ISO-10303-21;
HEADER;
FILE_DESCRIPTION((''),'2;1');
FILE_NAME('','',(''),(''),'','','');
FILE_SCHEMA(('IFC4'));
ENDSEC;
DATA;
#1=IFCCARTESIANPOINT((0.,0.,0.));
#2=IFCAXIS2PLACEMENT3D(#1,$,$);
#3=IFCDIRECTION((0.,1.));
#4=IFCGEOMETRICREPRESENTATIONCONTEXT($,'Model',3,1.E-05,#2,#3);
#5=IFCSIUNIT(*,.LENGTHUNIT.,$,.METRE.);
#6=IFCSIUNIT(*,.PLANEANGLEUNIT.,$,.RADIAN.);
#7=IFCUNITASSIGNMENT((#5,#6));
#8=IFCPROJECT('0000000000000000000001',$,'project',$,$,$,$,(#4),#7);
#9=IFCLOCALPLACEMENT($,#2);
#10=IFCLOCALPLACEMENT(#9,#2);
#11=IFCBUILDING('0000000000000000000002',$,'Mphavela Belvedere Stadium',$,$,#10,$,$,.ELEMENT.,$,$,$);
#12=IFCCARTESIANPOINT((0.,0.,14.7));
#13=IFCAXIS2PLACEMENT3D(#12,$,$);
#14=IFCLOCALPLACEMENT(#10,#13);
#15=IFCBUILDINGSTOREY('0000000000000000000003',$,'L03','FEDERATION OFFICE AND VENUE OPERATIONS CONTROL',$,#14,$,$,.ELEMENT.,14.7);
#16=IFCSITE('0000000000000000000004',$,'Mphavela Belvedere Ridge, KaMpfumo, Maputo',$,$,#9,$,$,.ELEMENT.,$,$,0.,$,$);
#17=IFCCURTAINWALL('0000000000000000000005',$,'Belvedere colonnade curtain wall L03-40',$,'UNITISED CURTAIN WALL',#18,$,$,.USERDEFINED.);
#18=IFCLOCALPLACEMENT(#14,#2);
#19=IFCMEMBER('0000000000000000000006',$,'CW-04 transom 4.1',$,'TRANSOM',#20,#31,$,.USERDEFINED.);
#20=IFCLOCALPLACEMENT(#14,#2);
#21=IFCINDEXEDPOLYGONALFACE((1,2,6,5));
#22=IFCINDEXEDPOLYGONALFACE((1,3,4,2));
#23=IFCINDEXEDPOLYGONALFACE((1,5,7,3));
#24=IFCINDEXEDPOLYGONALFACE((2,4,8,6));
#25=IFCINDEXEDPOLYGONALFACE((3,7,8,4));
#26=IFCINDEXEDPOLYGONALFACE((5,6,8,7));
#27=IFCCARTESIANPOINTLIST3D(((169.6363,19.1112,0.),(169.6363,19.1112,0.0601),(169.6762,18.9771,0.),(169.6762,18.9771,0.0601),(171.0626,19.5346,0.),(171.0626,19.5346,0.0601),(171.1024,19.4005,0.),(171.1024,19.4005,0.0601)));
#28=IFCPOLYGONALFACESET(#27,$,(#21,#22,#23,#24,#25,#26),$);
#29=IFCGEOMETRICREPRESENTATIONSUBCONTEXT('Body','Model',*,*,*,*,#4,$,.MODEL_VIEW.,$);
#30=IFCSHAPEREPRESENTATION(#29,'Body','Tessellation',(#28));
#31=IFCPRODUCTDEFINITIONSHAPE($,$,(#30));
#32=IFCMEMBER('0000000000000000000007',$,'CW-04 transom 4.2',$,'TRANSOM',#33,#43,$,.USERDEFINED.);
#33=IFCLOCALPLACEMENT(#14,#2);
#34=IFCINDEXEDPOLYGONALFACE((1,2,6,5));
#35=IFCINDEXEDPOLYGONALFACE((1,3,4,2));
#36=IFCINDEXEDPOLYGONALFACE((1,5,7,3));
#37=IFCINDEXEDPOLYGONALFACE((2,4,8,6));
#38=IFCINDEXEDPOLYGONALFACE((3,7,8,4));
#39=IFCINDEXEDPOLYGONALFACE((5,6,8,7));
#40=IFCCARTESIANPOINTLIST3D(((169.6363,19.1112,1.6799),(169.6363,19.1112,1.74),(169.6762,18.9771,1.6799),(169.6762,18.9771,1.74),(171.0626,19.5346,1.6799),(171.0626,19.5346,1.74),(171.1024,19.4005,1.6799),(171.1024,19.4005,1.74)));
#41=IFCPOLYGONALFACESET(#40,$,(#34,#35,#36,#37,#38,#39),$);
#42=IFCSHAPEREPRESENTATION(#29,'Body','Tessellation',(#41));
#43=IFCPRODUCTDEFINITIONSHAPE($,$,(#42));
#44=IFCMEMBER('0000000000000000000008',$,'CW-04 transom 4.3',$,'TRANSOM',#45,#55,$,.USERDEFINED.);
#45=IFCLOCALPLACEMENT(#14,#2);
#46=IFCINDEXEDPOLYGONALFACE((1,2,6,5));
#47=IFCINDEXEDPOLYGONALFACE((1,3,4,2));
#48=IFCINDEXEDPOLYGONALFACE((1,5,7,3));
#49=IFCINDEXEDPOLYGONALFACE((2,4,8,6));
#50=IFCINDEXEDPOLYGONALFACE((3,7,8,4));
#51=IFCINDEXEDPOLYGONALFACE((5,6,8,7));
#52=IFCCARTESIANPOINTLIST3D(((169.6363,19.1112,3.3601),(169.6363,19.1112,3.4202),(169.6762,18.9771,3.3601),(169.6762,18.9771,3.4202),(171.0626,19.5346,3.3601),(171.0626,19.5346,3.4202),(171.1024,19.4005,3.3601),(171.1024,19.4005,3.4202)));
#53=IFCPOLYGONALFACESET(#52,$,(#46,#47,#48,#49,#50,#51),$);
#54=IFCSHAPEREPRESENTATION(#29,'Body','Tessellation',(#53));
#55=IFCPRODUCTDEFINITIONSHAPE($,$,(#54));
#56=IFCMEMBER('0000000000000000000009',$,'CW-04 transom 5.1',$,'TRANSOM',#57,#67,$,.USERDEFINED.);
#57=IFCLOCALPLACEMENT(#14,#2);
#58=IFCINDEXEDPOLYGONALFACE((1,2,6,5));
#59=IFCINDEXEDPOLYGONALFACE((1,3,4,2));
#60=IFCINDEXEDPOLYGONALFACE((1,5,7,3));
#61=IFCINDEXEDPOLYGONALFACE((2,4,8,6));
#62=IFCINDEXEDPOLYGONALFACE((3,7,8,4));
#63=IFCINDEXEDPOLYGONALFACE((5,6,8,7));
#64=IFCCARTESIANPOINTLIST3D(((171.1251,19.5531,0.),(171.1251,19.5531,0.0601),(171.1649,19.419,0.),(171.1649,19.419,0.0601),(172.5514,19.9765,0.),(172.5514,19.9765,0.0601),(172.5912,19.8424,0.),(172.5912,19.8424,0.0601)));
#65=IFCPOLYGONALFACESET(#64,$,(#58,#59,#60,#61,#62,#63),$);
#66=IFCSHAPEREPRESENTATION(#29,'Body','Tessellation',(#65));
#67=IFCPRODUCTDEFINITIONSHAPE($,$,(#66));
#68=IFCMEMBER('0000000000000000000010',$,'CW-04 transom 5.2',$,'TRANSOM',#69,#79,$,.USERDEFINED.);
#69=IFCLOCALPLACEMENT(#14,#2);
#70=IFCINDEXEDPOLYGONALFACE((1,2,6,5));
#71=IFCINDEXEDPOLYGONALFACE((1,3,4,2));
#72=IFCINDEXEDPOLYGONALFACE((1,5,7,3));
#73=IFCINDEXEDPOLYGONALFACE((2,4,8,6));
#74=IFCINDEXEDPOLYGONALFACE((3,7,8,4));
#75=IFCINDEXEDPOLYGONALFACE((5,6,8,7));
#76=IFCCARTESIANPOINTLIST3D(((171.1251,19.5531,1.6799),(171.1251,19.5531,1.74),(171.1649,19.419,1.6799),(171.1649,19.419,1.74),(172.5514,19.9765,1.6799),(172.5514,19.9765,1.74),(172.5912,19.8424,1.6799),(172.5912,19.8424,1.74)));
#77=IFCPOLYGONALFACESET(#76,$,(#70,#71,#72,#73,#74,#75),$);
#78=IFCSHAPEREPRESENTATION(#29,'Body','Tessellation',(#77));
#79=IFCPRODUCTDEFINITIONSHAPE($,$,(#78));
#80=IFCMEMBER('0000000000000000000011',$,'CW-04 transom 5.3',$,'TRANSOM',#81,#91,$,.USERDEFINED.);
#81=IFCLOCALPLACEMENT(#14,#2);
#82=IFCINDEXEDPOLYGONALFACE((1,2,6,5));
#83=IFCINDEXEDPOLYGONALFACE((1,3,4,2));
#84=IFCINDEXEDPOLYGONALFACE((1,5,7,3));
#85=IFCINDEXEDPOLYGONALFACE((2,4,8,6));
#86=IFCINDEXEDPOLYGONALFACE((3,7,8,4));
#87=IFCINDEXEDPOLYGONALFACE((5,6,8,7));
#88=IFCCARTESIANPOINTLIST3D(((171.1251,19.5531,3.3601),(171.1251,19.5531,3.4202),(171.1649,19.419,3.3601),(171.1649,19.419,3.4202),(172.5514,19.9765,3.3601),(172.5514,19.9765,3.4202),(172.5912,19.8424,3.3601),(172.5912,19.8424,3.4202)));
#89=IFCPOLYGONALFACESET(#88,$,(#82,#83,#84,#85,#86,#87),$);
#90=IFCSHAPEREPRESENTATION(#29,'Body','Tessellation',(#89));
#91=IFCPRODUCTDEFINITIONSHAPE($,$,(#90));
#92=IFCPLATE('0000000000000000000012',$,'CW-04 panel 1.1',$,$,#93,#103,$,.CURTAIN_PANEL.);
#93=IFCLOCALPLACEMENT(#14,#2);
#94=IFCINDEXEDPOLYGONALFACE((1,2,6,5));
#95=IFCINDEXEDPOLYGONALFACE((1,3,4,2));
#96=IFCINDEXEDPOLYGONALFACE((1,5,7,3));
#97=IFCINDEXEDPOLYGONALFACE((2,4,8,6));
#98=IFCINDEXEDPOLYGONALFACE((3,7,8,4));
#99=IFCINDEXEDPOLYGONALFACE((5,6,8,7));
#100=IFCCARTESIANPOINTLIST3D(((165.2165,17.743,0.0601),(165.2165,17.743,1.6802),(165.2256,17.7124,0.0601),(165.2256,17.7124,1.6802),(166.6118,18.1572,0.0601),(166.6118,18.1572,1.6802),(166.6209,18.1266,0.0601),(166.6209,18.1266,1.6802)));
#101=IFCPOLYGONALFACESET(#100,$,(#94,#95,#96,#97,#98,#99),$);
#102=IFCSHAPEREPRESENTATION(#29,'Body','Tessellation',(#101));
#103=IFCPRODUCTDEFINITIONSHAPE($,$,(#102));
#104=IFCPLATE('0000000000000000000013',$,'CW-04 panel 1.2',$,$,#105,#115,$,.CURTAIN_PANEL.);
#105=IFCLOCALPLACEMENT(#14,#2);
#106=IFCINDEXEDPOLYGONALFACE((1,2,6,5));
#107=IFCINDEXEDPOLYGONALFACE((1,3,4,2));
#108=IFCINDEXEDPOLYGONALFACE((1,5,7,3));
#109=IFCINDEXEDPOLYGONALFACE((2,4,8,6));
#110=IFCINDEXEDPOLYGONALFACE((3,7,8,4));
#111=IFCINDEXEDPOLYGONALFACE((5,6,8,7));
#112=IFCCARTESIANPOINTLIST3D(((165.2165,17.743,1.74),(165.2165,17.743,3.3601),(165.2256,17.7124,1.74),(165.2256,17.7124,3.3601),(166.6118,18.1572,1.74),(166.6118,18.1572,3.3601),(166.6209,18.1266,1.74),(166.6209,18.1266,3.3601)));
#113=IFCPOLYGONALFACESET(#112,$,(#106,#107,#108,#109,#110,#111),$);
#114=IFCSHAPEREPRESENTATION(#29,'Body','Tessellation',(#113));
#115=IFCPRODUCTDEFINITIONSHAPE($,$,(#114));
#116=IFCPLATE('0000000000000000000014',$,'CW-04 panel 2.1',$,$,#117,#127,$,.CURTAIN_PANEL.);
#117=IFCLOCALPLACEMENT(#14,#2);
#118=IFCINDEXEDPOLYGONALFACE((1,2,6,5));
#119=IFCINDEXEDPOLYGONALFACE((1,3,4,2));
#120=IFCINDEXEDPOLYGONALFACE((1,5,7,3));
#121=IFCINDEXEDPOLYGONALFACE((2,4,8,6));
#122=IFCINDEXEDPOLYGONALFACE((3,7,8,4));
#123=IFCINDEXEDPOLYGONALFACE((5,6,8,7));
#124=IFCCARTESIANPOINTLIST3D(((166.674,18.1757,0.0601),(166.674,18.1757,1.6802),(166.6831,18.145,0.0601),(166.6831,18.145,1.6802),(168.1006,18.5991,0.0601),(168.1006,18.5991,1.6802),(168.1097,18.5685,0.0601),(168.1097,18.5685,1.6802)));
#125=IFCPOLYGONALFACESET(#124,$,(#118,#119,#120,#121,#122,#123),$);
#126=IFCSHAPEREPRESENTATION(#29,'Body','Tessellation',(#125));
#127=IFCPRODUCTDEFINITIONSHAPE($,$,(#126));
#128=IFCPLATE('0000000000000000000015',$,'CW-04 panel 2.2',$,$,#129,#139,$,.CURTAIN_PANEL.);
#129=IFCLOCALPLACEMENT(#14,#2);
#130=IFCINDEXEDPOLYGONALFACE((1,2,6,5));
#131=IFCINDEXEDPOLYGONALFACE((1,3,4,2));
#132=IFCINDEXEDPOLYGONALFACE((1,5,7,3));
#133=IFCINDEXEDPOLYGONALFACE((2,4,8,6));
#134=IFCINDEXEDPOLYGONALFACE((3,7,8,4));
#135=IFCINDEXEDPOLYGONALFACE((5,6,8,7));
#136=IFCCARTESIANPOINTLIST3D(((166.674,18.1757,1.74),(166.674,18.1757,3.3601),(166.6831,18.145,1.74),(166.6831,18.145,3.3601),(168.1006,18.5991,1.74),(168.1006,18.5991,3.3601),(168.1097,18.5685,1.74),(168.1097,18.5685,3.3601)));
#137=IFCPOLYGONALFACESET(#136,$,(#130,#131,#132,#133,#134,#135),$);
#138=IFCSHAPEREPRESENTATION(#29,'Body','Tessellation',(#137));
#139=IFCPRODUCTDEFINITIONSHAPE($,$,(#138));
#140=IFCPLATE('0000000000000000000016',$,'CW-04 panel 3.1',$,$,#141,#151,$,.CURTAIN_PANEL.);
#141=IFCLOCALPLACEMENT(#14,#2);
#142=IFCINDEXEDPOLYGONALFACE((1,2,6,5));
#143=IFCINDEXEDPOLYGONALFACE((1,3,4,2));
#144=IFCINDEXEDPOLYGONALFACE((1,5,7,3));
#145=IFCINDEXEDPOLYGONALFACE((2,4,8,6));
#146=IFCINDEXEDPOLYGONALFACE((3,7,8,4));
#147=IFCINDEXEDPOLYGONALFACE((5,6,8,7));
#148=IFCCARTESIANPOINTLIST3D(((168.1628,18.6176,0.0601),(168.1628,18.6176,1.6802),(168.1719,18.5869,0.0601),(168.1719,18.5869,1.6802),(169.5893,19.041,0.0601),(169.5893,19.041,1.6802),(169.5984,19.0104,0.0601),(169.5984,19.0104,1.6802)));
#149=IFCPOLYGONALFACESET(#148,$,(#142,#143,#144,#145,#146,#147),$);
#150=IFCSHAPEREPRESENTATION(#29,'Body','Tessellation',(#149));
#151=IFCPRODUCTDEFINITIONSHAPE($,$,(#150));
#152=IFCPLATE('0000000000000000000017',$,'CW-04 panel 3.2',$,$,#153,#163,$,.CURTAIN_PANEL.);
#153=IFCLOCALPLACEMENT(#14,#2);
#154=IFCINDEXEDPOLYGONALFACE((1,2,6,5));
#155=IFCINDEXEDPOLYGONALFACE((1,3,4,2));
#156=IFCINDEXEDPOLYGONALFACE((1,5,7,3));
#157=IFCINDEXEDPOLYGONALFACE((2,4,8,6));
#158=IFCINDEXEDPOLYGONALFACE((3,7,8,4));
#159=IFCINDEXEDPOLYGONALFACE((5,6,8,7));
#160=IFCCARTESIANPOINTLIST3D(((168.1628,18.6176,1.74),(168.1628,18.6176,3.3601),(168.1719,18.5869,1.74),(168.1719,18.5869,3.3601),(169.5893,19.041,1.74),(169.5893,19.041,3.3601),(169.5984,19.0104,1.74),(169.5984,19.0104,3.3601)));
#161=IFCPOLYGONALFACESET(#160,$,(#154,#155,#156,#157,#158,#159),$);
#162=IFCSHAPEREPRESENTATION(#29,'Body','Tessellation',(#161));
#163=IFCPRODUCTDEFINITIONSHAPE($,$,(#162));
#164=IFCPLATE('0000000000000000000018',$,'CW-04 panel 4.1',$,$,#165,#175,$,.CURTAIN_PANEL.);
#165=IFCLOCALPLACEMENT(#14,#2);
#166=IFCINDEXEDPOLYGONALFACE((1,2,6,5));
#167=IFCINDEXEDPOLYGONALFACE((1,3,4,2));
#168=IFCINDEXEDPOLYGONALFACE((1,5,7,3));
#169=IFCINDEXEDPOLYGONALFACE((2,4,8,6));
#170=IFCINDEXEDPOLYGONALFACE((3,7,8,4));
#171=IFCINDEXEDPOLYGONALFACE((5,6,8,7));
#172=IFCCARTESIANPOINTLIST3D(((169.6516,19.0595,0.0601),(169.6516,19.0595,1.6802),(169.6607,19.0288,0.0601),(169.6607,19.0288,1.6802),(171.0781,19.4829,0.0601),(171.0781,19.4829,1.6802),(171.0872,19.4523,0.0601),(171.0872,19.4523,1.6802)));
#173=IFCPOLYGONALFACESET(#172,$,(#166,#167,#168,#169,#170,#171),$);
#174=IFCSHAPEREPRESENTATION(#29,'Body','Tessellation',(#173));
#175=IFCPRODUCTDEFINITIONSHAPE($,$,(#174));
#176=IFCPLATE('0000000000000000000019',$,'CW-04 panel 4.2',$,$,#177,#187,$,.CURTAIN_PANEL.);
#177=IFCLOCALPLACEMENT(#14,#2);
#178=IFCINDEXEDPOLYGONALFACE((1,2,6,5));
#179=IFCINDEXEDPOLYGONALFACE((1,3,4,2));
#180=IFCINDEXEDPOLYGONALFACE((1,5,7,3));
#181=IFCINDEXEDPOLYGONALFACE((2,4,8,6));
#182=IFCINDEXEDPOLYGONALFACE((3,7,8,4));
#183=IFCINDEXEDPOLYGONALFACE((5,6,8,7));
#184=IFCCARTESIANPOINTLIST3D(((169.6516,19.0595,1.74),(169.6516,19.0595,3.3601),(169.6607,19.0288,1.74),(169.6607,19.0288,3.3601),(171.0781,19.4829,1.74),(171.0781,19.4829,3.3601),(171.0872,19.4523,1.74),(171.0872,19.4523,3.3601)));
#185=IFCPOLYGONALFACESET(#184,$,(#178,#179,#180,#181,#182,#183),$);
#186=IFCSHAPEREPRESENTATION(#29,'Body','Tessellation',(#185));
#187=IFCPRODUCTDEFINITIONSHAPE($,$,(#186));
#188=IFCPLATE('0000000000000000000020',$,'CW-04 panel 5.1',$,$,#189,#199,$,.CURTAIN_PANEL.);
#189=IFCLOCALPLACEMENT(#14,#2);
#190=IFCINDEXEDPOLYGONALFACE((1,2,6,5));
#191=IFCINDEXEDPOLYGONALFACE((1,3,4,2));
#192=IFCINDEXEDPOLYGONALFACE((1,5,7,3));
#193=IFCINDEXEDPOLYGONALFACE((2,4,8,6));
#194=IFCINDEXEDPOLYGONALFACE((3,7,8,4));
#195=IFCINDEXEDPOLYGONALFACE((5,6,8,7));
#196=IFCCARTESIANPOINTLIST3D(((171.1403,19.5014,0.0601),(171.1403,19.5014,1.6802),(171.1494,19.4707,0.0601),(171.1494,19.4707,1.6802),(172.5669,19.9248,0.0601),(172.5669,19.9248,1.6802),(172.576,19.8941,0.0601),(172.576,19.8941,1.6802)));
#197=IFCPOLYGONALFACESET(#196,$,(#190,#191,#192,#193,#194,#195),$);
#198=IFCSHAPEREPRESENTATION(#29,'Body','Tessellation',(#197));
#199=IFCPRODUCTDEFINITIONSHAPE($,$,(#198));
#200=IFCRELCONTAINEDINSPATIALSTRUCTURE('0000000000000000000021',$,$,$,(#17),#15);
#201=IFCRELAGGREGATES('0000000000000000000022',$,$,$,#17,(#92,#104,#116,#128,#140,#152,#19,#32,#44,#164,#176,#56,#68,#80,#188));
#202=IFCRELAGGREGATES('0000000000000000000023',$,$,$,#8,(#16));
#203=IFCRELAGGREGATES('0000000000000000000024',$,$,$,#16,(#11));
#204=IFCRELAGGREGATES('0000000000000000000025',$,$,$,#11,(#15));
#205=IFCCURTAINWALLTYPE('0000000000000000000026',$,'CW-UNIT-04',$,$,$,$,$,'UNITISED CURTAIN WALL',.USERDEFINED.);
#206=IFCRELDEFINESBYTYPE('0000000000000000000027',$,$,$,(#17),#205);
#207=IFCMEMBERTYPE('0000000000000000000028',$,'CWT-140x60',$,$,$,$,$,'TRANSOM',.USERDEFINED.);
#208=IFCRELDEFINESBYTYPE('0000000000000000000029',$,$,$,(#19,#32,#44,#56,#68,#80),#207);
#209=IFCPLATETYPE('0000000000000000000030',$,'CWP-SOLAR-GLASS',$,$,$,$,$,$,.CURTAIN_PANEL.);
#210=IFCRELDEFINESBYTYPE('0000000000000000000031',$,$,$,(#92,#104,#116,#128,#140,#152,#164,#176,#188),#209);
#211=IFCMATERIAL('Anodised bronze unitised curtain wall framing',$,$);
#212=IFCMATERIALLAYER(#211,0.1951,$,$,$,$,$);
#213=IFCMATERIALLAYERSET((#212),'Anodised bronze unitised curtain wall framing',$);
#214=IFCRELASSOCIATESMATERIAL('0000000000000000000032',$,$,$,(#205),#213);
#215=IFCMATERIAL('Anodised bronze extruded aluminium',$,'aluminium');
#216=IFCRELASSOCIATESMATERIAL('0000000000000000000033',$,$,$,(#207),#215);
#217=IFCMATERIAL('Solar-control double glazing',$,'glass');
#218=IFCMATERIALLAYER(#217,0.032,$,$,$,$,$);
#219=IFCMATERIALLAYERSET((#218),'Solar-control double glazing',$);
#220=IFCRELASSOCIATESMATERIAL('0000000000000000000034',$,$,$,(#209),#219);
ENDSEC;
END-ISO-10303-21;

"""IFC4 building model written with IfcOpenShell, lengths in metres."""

from ifc_helpers import new_model, si_unit, direction, frame, origin, origin_2d, place, context, subcontext, project, spatial, rectangle, extrude, material, layer, layer_set, material_profile, profile_set, type_object, element, aggregate, save


model = new_model("IFC4")

# Units and contexts
model_context = context("Model", 3, precision=1e-05, world=origin(), true_north=direction((0.0, 1.0)))
body_context = subcontext(model_context, "Body", "Model", "MODEL_VIEW")
ifc_project = project(units=[si_unit("LENGTHUNIT", "METRE"), si_unit("PLANEANGLEUNIT", "RADIAN")], contexts=[model_context])

# Site, building, storey
site_placement = place(None, origin())
site = spatial("IfcSite", under=ifc_project, at=site_placement, Name="Mphavela Belvedere Ridge, KaMpfumo, Maputo", CompositionType="ELEMENT", RefElevation=0.0)
building_placement = place(site_placement, origin())
building = spatial("IfcBuilding", under=site, at=building_placement, Name="Mphavela Belvedere Stadium", CompositionType="ELEMENT")
storey_placement = place(building_placement, frame((0.0, 0.0, 14.7)))
storey = spatial("IfcBuildingStorey", under=building, at=storey_placement, Name="L03", Description="FEDERATION OFFICE AND VENUE OPERATIONS CONTROL", CompositionType="ELEMENT", Elevation=14.7)

# Curtain wall, members, plates
ifc_material_1 = material(Name="Anodised bronze unitised curtain wall framing")
ifc_layer_1 = layer(ifc_material_1, 0.1951)
ifc_layer_set_1 = layer_set([ifc_layer_1], Name="Anodised bronze unitised curtain wall framing")
curtain_wall_type = type_object("IfcCurtainWallType", Name="CW-UNIT-04", ElementType="UNITISED CURTAIN WALL", PredefinedType="USERDEFINED", material=ifc_layer_set_1)
curtain_wall_placement = place(storey_placement, origin())
curtain_wall = element("IfcCurtainWall", 1, at=curtain_wall_placement, inside=storey, type_object=curtain_wall_type, Name="Belvedere colonnade curtain wall L03-40", ObjectType="UNITISED CURTAIN WALL", PredefinedType="USERDEFINED")
ifc_material_2 = material(Name="Anodised bronze extruded aluminium", Category="aluminium")
ifc_material_profile_1 = material_profile(ifc_material_2, rectangle(XDim=0.1399, YDim=0.0601, at=origin_2d()), Name="CW-TRN 140x60")
ifc_profile_set_1 = profile_set([ifc_material_profile_1], Name="Anodised bronze extruded aluminium")
member_type_1 = type_object("IfcMemberType", Name="CWT-140x60", ElementType="TRANSOM", PredefinedType="USERDEFINED", material=ifc_profile_set_1)
member_1_placement = place(storey_placement, frame((169.6562, 19.0442, 0.03), z_axis=(0.958662, 0.284546, 0.0), x_axis=(-0.284546, 0.958662, 0.0)))
member_1 = element("IfcMember", 2, at=member_1_placement, type_object=member_type_1, Name="CW-04 transom 4.1", ObjectType="TRANSOM", PredefinedType="USERDEFINED", context=body_context, shape_type="SweptSolid", body=[
    extrude(rectangle(XDim=0.1399, YDim=0.0601, at=origin_2d()), origin(), (0.0, 0.0, 1.0), 1.4878),
])
member_2_placement = place(storey_placement, frame((169.6562, 19.0442, 1.71), z_axis=(0.958662, 0.284546, 0.0), x_axis=(-0.284546, 0.958662, 0.0)))
member_2 = element("IfcMember", 3, at=member_2_placement, type_object=member_type_1, Name="CW-04 transom 4.2", ObjectType="TRANSOM", PredefinedType="USERDEFINED", context=body_context, shape_type="SweptSolid", body=[
    extrude(rectangle(XDim=0.1399, YDim=0.0601, at=origin_2d()), origin(), (0.0, 0.0, 1.0), 1.4878),
])
member_3_placement = place(storey_placement, frame((169.6562, 19.0442, 3.3901), z_axis=(0.958662, 0.284546, 0.0), x_axis=(-0.284546, 0.958662, 0.0)))
member_3 = element("IfcMember", 4, at=member_3_placement, type_object=member_type_1, Name="CW-04 transom 4.3", ObjectType="TRANSOM", PredefinedType="USERDEFINED", context=body_context, shape_type="SweptSolid", body=[
    extrude(rectangle(XDim=0.1399, YDim=0.0601, at=origin_2d()), origin(), (0.0, 0.0, 1.0), 1.4878),
])
member_4_placement = place(storey_placement, frame((171.145, 19.4861, 0.03), z_axis=(0.958662, 0.284546, 0.0), x_axis=(-0.284546, 0.958662, 0.0)))
member_4 = element("IfcMember", 5, at=member_4_placement, type_object=member_type_1, Name="CW-04 transom 5.1", ObjectType="TRANSOM", PredefinedType="USERDEFINED", context=body_context, shape_type="SweptSolid", body=[
    extrude(rectangle(XDim=0.1399, YDim=0.0601, at=origin_2d()), origin(), (0.0, 0.0, 1.0), 1.4878),
])
member_5_placement = place(storey_placement, frame((171.145, 19.4861, 1.71), z_axis=(0.958662, 0.284546, 0.0), x_axis=(-0.284546, 0.958662, 0.0)))
member_5 = element("IfcMember", 6, at=member_5_placement, type_object=member_type_1, Name="CW-04 transom 5.2", ObjectType="TRANSOM", PredefinedType="USERDEFINED", context=body_context, shape_type="SweptSolid", body=[
    extrude(rectangle(XDim=0.1399, YDim=0.0601, at=origin_2d()), origin(), (0.0, 0.0, 1.0), 1.4878),
])
member_6_placement = place(storey_placement, frame((171.145, 19.4861, 3.3901), z_axis=(0.958662, 0.284546, 0.0), x_axis=(-0.284546, 0.958662, 0.0)))
member_6 = element("IfcMember", 7, at=member_6_placement, type_object=member_type_1, Name="CW-04 transom 5.3", ObjectType="TRANSOM", PredefinedType="USERDEFINED", context=body_context, shape_type="SweptSolid", body=[
    extrude(rectangle(XDim=0.1399, YDim=0.0601, at=origin_2d()), origin(), (0.0, 0.0, 1.0), 1.4878),
])
ifc_material_3 = material(Name="Solar-control double glazing", Category="glass")
ifc_layer_2 = layer(ifc_material_3, 0.032)
ifc_layer_set_2 = layer_set([ifc_layer_2], Name="Solar-control double glazing")
plate_type = type_object("IfcPlateType", Name="CWP-SOLAR-GLASS", PredefinedType="CURTAIN_PANEL", material=ifc_layer_set_2)
plate_1_placement = place(storey_placement, frame((165.9187, 17.9348, 0.0601), z_axis=(0.0, 0.0, 1.0), x_axis=(0.958657, 0.284565, 0.0)))
plate_1 = element("IfcPlate", 8, at=plate_1_placement, type_object=plate_type, Name="CW-04 panel 1.1", PredefinedType="CURTAIN_PANEL", context=body_context, shape_type="SweptSolid", body=[
    extrude(rectangle(XDim=1.4556, YDim=0.032, at=origin_2d()), origin(), (0.0, 0.0, 1.0), 1.6201),
])
plate_2_placement = place(storey_placement, frame((165.9187, 17.9348, 1.74), z_axis=(0.0, 0.0, 1.0), x_axis=(0.958657, 0.284565, 0.0)))
plate_2 = element("IfcPlate", 9, at=plate_2_placement, type_object=plate_type, Name="CW-04 panel 1.2", PredefinedType="CURTAIN_PANEL", context=body_context, shape_type="SweptSolid", body=[
    extrude(rectangle(XDim=1.4556, YDim=0.032, at=origin_2d()), origin(), (0.0, 0.0, 1.0), 1.6201),
])
plate_3_placement = place(storey_placement, frame((167.3918, 18.3721, 0.0601), z_axis=(0.0, 0.0, 1.0), x_axis=(0.958657, 0.284565, 0.0)))
plate_3 = element("IfcPlate", 10, at=plate_3_placement, type_object=plate_type, Name="CW-04 panel 2.1", PredefinedType="CURTAIN_PANEL", context=body_context, shape_type="SweptSolid", body=[
    extrude(rectangle(XDim=1.488, YDim=0.032, at=origin_2d()), origin(), (0.0, 0.0, 1.0), 1.6201),
])
plate_4_placement = place(storey_placement, frame((167.3918, 18.3721, 1.74), z_axis=(0.0, 0.0, 1.0), x_axis=(0.958657, 0.284565, 0.0)))
plate_4 = element("IfcPlate", 11, at=plate_4_placement, type_object=plate_type, Name="CW-04 panel 2.2", PredefinedType="CURTAIN_PANEL", context=body_context, shape_type="SweptSolid", body=[
    extrude(rectangle(XDim=1.488, YDim=0.032, at=origin_2d()), origin(), (0.0, 0.0, 1.0), 1.6201),
])
plate_5_placement = place(storey_placement, frame((168.8806, 18.814, 0.0601), z_axis=(0.0, 0.0, 1.0), x_axis=(0.958657, 0.284565, 0.0)))
plate_5 = element("IfcPlate", 12, at=plate_5_placement, type_object=plate_type, Name="CW-04 panel 3.1", PredefinedType="CURTAIN_PANEL", context=body_context, shape_type="SweptSolid", body=[
    extrude(rectangle(XDim=1.488, YDim=0.032, at=origin_2d()), origin(), (0.0, 0.0, 1.0), 1.6201),
])
plate_6_placement = place(storey_placement, frame((168.8806, 18.814, 1.74), z_axis=(0.0, 0.0, 1.0), x_axis=(0.958657, 0.284565, 0.0)))
plate_6 = element("IfcPlate", 13, at=plate_6_placement, type_object=plate_type, Name="CW-04 panel 3.2", PredefinedType="CURTAIN_PANEL", context=body_context, shape_type="SweptSolid", body=[
    extrude(rectangle(XDim=1.488, YDim=0.032, at=origin_2d()), origin(), (0.0, 0.0, 1.0), 1.6201),
])
plate_7_placement = place(storey_placement, frame((170.3694, 19.2559, 0.0601), z_axis=(0.0, 0.0, 1.0), x_axis=(0.958657, 0.284565, 0.0)))
plate_7 = element("IfcPlate", 14, at=plate_7_placement, type_object=plate_type, Name="CW-04 panel 4.1", PredefinedType="CURTAIN_PANEL", context=body_context, shape_type="SweptSolid", body=[
    extrude(rectangle(XDim=1.488, YDim=0.032, at=origin_2d()), origin(), (0.0, 0.0, 1.0), 1.6201),
])
plate_8_placement = place(storey_placement, frame((170.3694, 19.2559, 1.74), z_axis=(0.0, 0.0, 1.0), x_axis=(0.958657, 0.284565, 0.0)))
plate_8 = element("IfcPlate", 15, at=plate_8_placement, type_object=plate_type, Name="CW-04 panel 4.2", PredefinedType="CURTAIN_PANEL", context=body_context, shape_type="SweptSolid", body=[
    extrude(rectangle(XDim=1.488, YDim=0.032, at=origin_2d()), origin(), (0.0, 0.0, 1.0), 1.6201),
])
plate_9_placement = place(storey_placement, frame((171.8582, 19.6978, 0.0601), z_axis=(0.0, 0.0, 1.0), x_axis=(0.958657, 0.284565, 0.0)))
plate_9 = element("IfcPlate", 16, at=plate_9_placement, type_object=plate_type, Name="CW-04 panel 5.1", PredefinedType="CURTAIN_PANEL", context=body_context, shape_type="SweptSolid", body=[
    extrude(rectangle(XDim=1.488, YDim=0.032, at=origin_2d()), origin(), (0.0, 0.0, 1.0), 1.6201),
])
aggregate(curtain_wall, [plate_1, plate_2, plate_3, plate_4, plate_5, plate_6, member_1, member_2, member_3, plate_7, plate_8, member_4, member_5, member_6, plate_9])

save(model, "model.ifc")
